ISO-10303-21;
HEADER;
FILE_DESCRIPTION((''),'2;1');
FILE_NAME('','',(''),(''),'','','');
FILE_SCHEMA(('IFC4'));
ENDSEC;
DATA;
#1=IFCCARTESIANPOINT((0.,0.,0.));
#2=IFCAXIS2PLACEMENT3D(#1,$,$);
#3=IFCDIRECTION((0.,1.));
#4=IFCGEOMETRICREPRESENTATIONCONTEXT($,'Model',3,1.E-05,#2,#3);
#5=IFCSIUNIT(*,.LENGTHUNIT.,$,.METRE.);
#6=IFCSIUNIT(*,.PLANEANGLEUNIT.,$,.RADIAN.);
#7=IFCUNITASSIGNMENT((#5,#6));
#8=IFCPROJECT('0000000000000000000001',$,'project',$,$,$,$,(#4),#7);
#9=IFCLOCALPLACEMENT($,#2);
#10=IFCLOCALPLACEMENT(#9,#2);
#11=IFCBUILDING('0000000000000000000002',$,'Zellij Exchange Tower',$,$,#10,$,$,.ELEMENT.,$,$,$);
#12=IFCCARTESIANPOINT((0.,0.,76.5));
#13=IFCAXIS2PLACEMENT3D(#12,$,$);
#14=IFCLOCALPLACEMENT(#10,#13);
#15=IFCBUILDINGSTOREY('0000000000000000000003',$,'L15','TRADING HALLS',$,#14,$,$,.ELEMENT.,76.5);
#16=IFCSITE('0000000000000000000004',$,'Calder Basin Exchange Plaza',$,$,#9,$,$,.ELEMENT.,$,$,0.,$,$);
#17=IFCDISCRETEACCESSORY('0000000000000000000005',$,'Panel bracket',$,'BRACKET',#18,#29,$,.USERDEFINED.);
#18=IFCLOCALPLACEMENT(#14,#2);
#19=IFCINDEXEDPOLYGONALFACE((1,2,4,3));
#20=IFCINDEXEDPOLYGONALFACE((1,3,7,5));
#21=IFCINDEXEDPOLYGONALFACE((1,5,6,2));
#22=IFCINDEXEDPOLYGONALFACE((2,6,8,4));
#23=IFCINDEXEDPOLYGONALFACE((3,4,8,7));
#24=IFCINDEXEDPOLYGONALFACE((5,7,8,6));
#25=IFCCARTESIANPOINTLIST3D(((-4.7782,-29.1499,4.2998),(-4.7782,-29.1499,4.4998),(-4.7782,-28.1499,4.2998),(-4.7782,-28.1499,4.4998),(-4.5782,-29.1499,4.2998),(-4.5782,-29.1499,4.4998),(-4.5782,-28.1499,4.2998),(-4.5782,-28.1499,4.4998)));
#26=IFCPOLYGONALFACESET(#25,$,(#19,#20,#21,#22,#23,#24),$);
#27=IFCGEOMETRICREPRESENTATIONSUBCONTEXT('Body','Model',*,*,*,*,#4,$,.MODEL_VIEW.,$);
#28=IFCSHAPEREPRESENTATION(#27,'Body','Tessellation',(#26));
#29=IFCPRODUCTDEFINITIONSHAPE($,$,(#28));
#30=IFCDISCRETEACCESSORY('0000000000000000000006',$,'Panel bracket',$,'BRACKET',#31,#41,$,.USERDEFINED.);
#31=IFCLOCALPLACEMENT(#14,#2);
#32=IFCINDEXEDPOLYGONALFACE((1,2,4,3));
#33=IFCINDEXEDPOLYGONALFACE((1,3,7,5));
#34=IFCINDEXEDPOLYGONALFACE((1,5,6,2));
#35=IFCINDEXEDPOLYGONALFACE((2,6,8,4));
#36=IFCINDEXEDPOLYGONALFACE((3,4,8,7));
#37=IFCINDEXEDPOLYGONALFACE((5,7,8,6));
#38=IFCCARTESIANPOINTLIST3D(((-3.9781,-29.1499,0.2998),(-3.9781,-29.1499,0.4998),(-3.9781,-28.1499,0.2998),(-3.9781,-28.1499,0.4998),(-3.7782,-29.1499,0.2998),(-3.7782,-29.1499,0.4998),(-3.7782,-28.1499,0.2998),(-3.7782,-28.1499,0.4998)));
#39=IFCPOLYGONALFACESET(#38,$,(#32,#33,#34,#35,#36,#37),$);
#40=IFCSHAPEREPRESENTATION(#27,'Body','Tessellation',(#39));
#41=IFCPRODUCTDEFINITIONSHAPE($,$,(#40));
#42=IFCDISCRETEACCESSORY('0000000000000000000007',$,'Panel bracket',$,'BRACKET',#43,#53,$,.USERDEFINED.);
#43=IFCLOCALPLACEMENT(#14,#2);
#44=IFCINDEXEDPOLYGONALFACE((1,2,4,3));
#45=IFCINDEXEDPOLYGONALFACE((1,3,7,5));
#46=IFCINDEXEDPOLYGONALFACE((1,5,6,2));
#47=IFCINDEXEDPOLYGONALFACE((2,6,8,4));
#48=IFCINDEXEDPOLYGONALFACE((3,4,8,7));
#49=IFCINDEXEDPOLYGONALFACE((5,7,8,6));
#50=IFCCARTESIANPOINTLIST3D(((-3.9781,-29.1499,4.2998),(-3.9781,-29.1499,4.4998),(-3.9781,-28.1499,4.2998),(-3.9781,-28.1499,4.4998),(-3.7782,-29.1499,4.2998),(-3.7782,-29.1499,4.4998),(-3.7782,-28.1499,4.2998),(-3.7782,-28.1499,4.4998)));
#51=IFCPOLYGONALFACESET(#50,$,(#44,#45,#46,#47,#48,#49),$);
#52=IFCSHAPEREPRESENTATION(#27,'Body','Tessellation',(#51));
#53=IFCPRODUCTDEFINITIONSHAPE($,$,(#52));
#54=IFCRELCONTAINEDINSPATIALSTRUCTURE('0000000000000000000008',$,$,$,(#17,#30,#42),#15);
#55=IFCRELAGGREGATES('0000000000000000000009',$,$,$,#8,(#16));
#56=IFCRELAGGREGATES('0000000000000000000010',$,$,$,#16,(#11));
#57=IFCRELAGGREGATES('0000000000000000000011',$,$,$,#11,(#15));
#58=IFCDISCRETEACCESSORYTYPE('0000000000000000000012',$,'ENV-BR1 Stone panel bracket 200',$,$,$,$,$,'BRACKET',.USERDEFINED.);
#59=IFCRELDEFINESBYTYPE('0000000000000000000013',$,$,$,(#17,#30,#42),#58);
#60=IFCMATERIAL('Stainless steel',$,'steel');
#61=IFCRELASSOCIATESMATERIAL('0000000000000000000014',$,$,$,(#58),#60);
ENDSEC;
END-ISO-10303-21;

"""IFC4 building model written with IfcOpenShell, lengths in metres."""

from ifc_helpers import new_model, si_unit, direction, frame, origin, origin_2d, place, context, subcontext, project, spatial, rectangle, extrude, material, type_object, element, save


model = new_model("IFC4")

# Units and contexts
model_context = context("Model", 3, precision=1e-05, world=origin(), true_north=direction((0.0, 1.0)))
body_context = subcontext(model_context, "Body", "Model", "MODEL_VIEW")
ifc_project = project(units=[si_unit("LENGTHUNIT", "METRE"), si_unit("PLANEANGLEUNIT", "RADIAN")], contexts=[model_context])

# Site, building, storey
site_placement = place(None, origin())
site = spatial("IfcSite", under=ifc_project, at=site_placement, Name="Calder Basin Exchange Plaza", CompositionType="ELEMENT", RefElevation=0.0)
building_placement = place(site_placement, origin())
building = spatial("IfcBuilding", under=site, at=building_placement, Name="Zellij Exchange Tower", CompositionType="ELEMENT")
storey_placement = place(building_placement, frame((0.0, 0.0, 76.5)))
storey = spatial("IfcBuildingStorey", under=building, at=storey_placement, Name="L15", Description="TRADING HALLS", CompositionType="ELEMENT", Elevation=76.5)

# Discrete accessories
ifc_material_1 = material(Name="Stainless steel", Category="steel")
discrete_accessory_type = type_object("IfcDiscreteAccessoryType", Name="ENV-BR1 Stone panel bracket 200", ElementType="BRACKET", PredefinedType="USERDEFINED", material=ifc_material_1)
for number, where, z_axis, x_axis, name in (
    (1, (-4.6782, -28.6499, 4.2998), (0.0, 0.0, 1.0), (1.0, 0.0, 0.0), "Panel bracket"),
    (2, (-3.8782, -28.6499, 0.2998), (0.0, 0.0, 1.0), (1.0, 0.0, 0.0), "Panel bracket"),
    (3, (-3.8782, -28.6499, 4.2998), (0.0, 0.0, 1.0), (1.0, 0.0, 0.0), "Panel bracket"),
):
    element("IfcDiscreteAccessory", number, at=place(storey_placement, frame(where, z_axis=z_axis, x_axis=x_axis)), inside=storey, type_object=discrete_accessory_type, Name=name, ObjectType="BRACKET", PredefinedType="USERDEFINED", context=body_context, shape_type="SweptSolid", body=[
        extrude(rectangle(XDim=0.2, YDim=1.0, at=origin_2d()), origin(), (0.0, 0.0, 1.0), 0.2),
    ])

save(model, "model.ifc")
